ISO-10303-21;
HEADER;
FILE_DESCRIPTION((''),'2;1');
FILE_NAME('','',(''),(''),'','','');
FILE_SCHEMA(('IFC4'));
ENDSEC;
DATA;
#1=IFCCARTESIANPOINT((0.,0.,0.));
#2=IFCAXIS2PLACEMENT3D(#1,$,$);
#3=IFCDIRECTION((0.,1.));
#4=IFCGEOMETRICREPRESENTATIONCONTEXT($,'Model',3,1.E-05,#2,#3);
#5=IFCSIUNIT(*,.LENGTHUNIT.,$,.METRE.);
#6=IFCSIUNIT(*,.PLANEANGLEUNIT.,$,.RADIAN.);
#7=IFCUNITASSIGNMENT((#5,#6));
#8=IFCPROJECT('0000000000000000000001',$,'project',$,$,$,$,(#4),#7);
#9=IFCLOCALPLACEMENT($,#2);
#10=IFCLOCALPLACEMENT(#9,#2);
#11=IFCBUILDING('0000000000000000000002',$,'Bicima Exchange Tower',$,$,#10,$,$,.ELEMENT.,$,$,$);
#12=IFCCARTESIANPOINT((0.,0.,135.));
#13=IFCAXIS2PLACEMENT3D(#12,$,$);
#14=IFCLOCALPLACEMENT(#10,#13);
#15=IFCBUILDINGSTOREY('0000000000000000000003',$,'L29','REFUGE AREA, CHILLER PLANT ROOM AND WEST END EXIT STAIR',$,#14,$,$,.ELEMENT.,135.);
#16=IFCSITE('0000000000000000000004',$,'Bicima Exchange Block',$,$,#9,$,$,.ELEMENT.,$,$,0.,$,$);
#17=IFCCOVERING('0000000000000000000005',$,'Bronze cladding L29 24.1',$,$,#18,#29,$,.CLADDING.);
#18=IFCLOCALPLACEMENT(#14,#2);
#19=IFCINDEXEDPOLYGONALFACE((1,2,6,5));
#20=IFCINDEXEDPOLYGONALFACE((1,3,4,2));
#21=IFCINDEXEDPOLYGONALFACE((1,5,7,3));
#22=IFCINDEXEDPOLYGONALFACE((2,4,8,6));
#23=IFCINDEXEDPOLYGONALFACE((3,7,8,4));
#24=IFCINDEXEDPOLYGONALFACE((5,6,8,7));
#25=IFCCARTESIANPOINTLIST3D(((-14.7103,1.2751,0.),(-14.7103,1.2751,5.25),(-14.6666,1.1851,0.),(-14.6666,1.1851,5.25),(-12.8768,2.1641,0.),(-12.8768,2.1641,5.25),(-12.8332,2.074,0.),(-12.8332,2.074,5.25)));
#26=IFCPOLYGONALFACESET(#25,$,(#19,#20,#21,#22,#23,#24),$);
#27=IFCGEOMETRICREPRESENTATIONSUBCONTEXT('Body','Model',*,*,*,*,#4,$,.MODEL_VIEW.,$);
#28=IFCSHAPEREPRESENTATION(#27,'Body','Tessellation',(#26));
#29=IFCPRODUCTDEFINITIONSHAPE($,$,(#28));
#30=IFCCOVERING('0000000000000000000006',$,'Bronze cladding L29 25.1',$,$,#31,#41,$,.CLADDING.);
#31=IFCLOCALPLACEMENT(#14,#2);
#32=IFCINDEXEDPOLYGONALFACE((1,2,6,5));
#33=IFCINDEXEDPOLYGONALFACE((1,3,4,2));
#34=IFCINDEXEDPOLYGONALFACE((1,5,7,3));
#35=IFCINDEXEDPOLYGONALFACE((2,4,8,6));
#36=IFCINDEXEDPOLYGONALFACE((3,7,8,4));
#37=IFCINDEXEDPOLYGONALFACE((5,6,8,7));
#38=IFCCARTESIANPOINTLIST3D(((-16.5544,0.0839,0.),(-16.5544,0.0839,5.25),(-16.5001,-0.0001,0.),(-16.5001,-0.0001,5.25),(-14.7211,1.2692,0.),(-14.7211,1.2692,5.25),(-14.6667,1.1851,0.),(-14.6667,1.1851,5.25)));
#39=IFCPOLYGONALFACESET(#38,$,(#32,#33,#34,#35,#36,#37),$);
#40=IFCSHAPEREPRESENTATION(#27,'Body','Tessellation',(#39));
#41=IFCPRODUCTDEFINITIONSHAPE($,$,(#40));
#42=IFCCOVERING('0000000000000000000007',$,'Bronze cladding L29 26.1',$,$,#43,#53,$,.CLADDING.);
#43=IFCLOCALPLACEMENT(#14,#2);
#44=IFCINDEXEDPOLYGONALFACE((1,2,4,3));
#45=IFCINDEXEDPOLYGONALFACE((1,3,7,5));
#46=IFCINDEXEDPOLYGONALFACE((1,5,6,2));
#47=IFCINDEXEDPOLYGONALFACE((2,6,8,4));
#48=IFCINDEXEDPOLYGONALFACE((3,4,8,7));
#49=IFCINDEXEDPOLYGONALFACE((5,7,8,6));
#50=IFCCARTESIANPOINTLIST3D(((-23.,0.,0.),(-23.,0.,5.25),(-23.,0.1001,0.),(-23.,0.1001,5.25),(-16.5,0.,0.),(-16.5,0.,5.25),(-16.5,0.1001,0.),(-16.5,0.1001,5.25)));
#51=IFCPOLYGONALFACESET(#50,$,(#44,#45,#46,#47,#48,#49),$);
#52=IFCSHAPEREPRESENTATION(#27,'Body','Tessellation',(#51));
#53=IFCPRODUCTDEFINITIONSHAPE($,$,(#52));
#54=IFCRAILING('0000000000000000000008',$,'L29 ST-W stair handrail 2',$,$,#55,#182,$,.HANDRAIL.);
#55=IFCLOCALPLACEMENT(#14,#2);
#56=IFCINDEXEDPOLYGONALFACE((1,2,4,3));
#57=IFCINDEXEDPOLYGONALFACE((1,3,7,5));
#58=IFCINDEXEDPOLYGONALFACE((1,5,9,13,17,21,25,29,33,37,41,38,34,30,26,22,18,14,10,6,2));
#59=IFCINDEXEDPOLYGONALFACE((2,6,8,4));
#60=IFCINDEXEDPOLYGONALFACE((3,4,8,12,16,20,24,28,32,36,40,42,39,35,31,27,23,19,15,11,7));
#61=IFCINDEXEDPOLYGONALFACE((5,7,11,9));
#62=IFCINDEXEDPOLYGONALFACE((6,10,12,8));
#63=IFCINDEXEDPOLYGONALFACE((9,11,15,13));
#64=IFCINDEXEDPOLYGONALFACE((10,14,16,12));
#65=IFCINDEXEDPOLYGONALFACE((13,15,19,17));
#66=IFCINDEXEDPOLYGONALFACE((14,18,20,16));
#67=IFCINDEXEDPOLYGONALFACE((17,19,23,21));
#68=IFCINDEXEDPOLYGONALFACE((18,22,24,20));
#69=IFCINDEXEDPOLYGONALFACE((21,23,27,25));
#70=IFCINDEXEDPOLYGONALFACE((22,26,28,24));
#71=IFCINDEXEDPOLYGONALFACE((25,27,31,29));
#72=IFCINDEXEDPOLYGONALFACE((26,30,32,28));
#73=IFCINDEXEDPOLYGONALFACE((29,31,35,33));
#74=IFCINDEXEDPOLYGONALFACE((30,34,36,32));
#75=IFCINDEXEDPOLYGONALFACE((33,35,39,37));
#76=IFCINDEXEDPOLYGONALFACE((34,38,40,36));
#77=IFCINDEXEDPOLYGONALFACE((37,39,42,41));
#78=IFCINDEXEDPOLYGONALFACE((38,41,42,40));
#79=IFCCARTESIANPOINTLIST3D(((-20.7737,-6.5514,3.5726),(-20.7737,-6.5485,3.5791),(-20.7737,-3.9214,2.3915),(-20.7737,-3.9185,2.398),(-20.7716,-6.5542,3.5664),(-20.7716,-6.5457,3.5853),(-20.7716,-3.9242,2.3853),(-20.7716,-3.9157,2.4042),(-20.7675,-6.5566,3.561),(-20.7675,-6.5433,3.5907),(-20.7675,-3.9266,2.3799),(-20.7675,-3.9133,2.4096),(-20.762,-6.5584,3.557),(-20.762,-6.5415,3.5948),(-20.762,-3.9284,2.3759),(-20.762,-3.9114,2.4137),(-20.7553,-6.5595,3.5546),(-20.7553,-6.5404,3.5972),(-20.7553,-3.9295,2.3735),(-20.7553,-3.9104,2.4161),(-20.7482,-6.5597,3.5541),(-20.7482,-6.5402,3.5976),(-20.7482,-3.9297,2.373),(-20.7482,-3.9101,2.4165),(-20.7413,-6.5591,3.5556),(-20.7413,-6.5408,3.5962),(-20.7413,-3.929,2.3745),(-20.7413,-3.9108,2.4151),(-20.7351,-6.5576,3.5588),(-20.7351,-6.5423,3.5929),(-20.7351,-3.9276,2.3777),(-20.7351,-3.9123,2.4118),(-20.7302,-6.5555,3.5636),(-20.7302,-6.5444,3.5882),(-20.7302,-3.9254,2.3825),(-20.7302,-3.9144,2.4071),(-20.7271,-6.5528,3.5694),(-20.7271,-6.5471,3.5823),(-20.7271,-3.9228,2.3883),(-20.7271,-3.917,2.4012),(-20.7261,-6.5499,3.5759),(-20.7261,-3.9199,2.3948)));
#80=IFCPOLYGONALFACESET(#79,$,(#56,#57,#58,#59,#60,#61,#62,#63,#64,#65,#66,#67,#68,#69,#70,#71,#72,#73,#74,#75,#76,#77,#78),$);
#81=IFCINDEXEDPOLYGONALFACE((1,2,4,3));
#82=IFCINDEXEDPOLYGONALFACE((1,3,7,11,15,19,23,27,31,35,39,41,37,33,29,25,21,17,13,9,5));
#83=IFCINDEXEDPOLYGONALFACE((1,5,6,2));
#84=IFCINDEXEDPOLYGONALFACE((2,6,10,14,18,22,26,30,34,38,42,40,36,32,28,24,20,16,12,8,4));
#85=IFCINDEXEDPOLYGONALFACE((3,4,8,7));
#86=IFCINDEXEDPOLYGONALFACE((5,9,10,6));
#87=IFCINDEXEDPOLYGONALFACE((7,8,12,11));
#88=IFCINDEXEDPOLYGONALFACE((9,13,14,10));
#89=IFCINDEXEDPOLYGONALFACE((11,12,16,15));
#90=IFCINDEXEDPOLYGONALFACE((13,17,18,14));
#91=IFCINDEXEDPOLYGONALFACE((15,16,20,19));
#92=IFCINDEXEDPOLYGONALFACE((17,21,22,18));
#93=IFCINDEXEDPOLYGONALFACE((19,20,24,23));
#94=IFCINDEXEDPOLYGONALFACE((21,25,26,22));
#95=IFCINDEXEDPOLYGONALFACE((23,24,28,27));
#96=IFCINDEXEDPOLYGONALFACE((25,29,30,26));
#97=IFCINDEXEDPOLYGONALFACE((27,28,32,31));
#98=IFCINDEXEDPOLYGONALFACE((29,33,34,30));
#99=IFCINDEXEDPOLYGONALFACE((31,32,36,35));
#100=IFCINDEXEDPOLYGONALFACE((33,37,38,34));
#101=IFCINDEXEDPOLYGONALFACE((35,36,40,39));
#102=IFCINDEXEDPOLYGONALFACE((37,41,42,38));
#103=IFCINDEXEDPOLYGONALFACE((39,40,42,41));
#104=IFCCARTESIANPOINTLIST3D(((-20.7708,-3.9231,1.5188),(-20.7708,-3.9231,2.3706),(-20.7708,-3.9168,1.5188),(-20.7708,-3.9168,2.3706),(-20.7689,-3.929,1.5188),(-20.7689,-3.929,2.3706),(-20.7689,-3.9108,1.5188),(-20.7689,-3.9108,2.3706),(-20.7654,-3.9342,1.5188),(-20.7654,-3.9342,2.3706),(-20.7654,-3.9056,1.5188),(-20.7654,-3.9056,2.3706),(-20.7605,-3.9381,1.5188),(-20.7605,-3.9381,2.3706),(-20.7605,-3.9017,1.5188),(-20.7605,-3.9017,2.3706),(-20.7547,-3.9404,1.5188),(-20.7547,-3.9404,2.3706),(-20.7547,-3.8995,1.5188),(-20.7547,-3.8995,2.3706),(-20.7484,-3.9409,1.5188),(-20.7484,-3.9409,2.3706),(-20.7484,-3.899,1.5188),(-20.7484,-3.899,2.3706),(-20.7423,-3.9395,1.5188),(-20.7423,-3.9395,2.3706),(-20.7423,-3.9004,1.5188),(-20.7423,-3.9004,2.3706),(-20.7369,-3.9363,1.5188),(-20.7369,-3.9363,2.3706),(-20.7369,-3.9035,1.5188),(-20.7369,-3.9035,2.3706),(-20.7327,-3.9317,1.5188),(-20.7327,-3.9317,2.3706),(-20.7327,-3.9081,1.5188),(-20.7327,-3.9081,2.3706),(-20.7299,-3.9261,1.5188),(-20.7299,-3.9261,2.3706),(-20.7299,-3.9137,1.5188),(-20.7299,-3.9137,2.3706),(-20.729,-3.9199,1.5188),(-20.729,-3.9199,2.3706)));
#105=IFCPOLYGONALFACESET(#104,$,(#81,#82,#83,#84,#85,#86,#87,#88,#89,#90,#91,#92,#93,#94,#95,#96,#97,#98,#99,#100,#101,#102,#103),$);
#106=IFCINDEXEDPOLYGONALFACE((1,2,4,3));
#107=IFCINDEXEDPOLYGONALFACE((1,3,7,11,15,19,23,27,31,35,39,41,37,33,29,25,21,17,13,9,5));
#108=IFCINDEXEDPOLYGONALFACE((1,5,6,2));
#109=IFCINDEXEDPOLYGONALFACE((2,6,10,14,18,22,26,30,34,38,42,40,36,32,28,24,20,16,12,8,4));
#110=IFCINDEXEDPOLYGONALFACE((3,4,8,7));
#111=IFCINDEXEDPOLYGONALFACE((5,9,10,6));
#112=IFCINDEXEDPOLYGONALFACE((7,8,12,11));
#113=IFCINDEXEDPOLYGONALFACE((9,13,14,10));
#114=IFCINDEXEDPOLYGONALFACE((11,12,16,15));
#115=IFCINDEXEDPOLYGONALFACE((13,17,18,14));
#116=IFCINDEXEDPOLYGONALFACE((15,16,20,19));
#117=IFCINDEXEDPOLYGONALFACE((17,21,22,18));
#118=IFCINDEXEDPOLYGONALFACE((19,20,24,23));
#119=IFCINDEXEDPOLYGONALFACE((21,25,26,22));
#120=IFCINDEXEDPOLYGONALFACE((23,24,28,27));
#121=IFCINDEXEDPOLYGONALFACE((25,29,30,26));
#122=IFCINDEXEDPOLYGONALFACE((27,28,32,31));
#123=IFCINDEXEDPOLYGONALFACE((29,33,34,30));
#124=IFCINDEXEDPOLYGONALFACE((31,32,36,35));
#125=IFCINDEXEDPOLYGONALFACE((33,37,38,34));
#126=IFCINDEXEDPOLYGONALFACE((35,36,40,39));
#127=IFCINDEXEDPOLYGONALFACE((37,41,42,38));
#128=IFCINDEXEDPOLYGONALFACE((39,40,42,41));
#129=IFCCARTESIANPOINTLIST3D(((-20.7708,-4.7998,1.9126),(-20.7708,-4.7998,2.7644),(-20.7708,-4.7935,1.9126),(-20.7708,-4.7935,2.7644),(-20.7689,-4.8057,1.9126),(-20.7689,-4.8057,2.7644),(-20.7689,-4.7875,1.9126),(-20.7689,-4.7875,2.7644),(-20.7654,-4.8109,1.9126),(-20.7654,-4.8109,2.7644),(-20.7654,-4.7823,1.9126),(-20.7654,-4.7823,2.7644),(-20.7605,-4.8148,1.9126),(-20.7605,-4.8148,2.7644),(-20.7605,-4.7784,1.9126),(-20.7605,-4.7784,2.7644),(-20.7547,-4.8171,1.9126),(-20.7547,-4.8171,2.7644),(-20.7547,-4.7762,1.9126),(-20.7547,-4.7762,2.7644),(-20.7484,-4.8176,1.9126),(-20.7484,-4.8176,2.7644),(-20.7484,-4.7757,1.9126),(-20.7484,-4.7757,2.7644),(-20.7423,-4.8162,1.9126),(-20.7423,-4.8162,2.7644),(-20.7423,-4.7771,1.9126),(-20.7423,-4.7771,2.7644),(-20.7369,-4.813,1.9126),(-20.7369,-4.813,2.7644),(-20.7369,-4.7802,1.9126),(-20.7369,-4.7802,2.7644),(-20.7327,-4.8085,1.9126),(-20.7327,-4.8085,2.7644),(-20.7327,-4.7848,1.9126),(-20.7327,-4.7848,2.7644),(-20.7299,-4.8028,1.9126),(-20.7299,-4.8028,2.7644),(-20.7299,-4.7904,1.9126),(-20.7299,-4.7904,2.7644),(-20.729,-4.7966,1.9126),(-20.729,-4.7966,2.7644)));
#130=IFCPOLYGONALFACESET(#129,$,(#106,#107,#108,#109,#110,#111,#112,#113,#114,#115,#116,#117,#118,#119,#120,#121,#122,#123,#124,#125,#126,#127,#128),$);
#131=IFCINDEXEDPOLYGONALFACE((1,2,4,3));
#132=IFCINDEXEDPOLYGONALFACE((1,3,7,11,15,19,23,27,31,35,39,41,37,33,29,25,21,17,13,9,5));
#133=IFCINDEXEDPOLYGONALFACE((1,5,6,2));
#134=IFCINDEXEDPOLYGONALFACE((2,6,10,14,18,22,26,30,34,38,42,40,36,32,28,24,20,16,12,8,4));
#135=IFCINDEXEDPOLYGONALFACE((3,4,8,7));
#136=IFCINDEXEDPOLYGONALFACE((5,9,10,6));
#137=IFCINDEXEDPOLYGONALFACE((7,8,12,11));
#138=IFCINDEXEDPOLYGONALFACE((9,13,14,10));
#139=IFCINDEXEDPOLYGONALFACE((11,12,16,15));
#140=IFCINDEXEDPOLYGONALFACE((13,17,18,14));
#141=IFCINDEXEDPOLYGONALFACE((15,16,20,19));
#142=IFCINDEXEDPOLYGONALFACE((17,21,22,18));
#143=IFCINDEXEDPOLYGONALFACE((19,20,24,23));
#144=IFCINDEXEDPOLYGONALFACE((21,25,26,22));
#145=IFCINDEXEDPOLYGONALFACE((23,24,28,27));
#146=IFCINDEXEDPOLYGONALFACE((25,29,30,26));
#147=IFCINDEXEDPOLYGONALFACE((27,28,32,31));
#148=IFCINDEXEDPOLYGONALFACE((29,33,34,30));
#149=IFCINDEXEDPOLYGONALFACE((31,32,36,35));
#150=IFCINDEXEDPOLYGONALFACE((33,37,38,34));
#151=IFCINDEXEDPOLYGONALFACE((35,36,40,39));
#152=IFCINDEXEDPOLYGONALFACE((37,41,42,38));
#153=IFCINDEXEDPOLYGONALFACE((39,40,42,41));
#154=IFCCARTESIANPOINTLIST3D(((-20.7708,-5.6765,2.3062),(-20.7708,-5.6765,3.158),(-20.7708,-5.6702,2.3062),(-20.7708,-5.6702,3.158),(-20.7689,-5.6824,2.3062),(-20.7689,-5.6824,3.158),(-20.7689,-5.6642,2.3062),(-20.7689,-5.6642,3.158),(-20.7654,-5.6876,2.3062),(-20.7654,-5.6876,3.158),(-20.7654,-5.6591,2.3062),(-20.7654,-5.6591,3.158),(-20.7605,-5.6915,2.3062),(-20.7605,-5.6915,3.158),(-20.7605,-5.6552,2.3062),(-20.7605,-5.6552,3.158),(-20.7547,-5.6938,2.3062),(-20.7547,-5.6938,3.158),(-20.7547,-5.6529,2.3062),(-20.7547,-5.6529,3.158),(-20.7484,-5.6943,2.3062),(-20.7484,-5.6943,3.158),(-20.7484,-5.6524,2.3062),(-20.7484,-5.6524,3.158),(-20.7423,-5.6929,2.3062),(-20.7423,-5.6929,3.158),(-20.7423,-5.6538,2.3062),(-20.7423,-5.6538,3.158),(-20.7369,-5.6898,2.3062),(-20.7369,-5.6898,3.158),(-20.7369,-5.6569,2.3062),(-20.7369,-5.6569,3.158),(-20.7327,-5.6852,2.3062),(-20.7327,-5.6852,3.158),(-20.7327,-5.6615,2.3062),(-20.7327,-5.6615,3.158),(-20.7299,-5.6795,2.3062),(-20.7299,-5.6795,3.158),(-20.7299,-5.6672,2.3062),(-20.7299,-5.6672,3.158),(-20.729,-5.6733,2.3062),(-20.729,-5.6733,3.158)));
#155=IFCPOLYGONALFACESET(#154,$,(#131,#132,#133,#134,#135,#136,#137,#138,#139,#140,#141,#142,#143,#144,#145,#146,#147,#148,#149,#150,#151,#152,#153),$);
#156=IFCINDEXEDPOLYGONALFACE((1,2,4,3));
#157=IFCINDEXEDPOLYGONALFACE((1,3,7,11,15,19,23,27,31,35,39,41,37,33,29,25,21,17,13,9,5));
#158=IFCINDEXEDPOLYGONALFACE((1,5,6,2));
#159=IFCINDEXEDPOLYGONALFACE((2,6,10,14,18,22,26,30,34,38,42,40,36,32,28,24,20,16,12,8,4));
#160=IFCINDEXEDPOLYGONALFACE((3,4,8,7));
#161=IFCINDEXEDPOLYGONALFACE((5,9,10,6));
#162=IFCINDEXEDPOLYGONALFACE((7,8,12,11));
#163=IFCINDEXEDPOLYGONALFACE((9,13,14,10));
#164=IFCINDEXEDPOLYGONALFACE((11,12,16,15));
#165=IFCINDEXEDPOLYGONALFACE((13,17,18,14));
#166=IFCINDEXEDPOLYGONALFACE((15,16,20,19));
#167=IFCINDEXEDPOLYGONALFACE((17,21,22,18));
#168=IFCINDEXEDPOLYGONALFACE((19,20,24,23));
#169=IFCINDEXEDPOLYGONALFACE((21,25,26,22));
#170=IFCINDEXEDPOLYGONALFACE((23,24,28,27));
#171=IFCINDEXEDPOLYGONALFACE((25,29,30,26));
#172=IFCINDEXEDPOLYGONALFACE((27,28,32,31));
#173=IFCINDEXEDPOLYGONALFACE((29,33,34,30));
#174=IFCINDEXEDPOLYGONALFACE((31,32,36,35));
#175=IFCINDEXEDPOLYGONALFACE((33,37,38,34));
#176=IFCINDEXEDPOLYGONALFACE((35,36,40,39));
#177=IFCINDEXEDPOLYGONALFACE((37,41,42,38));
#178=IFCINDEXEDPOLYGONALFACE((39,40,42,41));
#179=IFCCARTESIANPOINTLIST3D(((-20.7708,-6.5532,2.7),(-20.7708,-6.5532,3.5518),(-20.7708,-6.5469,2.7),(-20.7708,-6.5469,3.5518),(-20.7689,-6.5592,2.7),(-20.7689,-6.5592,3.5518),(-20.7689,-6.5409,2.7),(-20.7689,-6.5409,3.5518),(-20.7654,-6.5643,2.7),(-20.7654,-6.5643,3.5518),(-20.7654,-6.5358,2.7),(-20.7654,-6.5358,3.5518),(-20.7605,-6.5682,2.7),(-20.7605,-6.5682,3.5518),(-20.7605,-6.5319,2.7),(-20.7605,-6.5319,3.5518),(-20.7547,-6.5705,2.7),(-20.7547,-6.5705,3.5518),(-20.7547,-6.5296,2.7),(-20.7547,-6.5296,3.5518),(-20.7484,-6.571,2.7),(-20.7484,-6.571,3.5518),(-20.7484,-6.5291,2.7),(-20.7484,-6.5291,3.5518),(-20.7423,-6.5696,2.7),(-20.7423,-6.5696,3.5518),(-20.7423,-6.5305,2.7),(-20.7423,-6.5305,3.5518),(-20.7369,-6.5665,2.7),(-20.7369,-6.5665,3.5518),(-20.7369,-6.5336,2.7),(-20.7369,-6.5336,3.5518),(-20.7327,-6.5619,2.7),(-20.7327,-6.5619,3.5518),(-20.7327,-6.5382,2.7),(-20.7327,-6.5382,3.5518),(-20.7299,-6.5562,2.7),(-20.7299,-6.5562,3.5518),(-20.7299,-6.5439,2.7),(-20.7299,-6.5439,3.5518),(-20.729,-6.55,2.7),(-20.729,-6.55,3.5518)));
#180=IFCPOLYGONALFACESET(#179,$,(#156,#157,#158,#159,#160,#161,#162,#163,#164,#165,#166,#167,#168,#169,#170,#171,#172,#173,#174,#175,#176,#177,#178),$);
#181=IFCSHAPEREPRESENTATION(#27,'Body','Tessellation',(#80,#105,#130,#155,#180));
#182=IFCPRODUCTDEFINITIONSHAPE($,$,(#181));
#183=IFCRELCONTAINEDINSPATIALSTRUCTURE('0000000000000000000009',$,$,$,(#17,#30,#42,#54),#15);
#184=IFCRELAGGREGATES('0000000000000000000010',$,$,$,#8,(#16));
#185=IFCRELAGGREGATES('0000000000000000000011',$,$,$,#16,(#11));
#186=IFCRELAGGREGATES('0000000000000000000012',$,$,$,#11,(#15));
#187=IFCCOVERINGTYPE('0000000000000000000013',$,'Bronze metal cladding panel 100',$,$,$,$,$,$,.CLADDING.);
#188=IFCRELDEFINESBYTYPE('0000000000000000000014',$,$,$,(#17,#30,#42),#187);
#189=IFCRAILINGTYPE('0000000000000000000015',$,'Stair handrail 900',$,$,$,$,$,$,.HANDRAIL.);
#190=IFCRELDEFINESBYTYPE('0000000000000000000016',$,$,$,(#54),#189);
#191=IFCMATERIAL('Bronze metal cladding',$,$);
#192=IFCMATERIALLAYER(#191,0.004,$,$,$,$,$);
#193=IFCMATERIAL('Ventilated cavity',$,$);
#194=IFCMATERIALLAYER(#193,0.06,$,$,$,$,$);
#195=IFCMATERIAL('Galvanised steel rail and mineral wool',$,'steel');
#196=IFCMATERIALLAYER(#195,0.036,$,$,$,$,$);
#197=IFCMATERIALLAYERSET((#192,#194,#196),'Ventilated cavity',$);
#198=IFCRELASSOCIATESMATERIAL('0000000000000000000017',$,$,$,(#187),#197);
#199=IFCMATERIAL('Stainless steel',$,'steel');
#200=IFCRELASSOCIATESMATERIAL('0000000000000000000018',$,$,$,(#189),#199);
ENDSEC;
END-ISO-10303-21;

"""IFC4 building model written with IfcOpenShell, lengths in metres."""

from ifc_helpers import new_model, si_unit, direction, frame, origin, origin_2d, place, context, subcontext, project, spatial, rectangle, circle, extrude, material, layer, layer_set, type_object, element, save


model = new_model("IFC4")

# Units and contexts
model_context = context("Model", 3, precision=1e-05, world=origin(), true_north=direction((0.0, 1.0)))
body_context = subcontext(model_context, "Body", "Model", "MODEL_VIEW")
ifc_project = project(units=[si_unit("LENGTHUNIT", "METRE"), si_unit("PLANEANGLEUNIT", "RADIAN")], contexts=[model_context])

# Site, building, storey
site_placement = place(None, origin())
site = spatial("IfcSite", under=ifc_project, at=site_placement, Name="Bicima Exchange Block", CompositionType="ELEMENT", RefElevation=0.0)
building_placement = place(site_placement, origin())
building = spatial("IfcBuilding", under=site, at=building_placement, Name="Bicima Exchange Tower", CompositionType="ELEMENT")
storey_placement = place(building_placement, frame((0.0, 0.0, 135.0)))
storey = spatial("IfcBuildingStorey", under=building, at=storey_placement, Name="L29", Description="REFUGE AREA, CHILLER PLANT ROOM AND WEST END EXIT STAIR", CompositionType="ELEMENT", Elevation=135.0)

# Coverings
ifc_material_1 = material(Name="Bronze metal cladding")
ifc_layer_1 = layer(ifc_material_1, 0.004)
ifc_material_2 = material(Name="Ventilated cavity")
ifc_layer_2 = layer(ifc_material_2, 0.06)
ifc_material_3 = material(Name="Galvanised steel rail and mineral wool", Category="steel")
ifc_layer_3 = layer(ifc_material_3, 0.036)
ifc_layer_set_1 = layer_set([ifc_layer_1, ifc_layer_2, ifc_layer_3], Name="Ventilated cavity")
covering_type = type_object("IfcCoveringType", Name="Bronze metal cladding panel 100", PredefinedType="CLADDING", material=ifc_layer_set_1)
covering_1_placement = place(storey_placement, frame((-13.7717, 1.6746, 0.0), z_axis=(0.0, 0.0, 1.0), x_axis=(-0.899818, -0.436265, 0.0)))
element("IfcCovering", 1, at=covering_1_placement, inside=storey, type_object=covering_type, Name="Bronze cladding L29 24.1", PredefinedType="CLADDING", context=body_context, shape_type="SweptSolid", body=[
    extrude(rectangle(XDim=2.0376, YDim=0.1001, at=origin_2d()), origin(), (0.0, 0.0, 1.0), 5.25),
])
covering_2_placement = place(storey_placement, frame((-15.6106, 0.6345, 0.0), z_axis=(0.0, 0.0, 1.0), x_axis=(-0.83979, -0.542911, 0.0)))
element("IfcCovering", 2, at=covering_2_placement, inside=storey, type_object=covering_type, Name="Bronze cladding L29 25.1", PredefinedType="CLADDING", context=body_context, shape_type="SweptSolid", body=[
    extrude(rectangle(XDim=2.1831, YDim=0.1001, at=origin_2d()), origin(), (0.0, 0.0, 1.0), 5.25),
])
covering_3_placement = place(storey_placement, frame((-19.75, 0.05, 0.0), z_axis=(0.0, 0.0, 1.0), x_axis=(-1.0, 0.0, 0.0)))
element("IfcCovering", 3, at=covering_3_placement, inside=storey, type_object=covering_type, Name="Bronze cladding L29 26.1", PredefinedType="CLADDING", context=body_context, shape_type="SweptSolid", body=[
    extrude(rectangle(XDim=6.5, YDim=0.1001, at=origin_2d()), origin(), (0.0, 0.0, 1.0), 5.25),
])

# Railing
ifc_material_4 = material(Name="Stainless steel", Category="steel")
railing_type = type_object("IfcRailingType", Name="Stair handrail 900", PredefinedType="HANDRAIL", material=ifc_material_4)
railing_1_placement = place(storey_placement, frame((-20.75, -3.9199, 1.5188)))
element("IfcRailing", 4, at=railing_1_placement, inside=storey, type_object=railing_type, Name="L29 ST-W stair handrail 2", PredefinedType="HANDRAIL", context=body_context, shape_type="SweptSolid", body=[
    extrude(circle(Radius=0.0239, at=origin_2d()), frame((0.0, 0.0, 0.876), z_axis=(0.0, -0.912233, 0.409671), x_axis=(1.0, 0.0, 0.0)), (0.0, 0.0, 1.0), 2.8831),
    extrude(circle(Radius=0.021, at=origin_2d()), origin(), (0.0, 0.0, 1.0), 0.8518),
    extrude(circle(Radius=0.021, at=origin_2d()), frame((0.0, -0.8767, 0.3938)), (0.0, 0.0, 1.0), 0.8518),
    extrude(circle(Radius=0.021, at=origin_2d()), frame((0.0, -1.7534, 0.7874)), (0.0, 0.0, 1.0), 0.8518),
    extrude(circle(Radius=0.021, at=origin_2d()), frame((0.0, -2.6301, 1.1812)), (0.0, 0.0, 1.0), 0.8518),
])

save(model, "model.ifc")
